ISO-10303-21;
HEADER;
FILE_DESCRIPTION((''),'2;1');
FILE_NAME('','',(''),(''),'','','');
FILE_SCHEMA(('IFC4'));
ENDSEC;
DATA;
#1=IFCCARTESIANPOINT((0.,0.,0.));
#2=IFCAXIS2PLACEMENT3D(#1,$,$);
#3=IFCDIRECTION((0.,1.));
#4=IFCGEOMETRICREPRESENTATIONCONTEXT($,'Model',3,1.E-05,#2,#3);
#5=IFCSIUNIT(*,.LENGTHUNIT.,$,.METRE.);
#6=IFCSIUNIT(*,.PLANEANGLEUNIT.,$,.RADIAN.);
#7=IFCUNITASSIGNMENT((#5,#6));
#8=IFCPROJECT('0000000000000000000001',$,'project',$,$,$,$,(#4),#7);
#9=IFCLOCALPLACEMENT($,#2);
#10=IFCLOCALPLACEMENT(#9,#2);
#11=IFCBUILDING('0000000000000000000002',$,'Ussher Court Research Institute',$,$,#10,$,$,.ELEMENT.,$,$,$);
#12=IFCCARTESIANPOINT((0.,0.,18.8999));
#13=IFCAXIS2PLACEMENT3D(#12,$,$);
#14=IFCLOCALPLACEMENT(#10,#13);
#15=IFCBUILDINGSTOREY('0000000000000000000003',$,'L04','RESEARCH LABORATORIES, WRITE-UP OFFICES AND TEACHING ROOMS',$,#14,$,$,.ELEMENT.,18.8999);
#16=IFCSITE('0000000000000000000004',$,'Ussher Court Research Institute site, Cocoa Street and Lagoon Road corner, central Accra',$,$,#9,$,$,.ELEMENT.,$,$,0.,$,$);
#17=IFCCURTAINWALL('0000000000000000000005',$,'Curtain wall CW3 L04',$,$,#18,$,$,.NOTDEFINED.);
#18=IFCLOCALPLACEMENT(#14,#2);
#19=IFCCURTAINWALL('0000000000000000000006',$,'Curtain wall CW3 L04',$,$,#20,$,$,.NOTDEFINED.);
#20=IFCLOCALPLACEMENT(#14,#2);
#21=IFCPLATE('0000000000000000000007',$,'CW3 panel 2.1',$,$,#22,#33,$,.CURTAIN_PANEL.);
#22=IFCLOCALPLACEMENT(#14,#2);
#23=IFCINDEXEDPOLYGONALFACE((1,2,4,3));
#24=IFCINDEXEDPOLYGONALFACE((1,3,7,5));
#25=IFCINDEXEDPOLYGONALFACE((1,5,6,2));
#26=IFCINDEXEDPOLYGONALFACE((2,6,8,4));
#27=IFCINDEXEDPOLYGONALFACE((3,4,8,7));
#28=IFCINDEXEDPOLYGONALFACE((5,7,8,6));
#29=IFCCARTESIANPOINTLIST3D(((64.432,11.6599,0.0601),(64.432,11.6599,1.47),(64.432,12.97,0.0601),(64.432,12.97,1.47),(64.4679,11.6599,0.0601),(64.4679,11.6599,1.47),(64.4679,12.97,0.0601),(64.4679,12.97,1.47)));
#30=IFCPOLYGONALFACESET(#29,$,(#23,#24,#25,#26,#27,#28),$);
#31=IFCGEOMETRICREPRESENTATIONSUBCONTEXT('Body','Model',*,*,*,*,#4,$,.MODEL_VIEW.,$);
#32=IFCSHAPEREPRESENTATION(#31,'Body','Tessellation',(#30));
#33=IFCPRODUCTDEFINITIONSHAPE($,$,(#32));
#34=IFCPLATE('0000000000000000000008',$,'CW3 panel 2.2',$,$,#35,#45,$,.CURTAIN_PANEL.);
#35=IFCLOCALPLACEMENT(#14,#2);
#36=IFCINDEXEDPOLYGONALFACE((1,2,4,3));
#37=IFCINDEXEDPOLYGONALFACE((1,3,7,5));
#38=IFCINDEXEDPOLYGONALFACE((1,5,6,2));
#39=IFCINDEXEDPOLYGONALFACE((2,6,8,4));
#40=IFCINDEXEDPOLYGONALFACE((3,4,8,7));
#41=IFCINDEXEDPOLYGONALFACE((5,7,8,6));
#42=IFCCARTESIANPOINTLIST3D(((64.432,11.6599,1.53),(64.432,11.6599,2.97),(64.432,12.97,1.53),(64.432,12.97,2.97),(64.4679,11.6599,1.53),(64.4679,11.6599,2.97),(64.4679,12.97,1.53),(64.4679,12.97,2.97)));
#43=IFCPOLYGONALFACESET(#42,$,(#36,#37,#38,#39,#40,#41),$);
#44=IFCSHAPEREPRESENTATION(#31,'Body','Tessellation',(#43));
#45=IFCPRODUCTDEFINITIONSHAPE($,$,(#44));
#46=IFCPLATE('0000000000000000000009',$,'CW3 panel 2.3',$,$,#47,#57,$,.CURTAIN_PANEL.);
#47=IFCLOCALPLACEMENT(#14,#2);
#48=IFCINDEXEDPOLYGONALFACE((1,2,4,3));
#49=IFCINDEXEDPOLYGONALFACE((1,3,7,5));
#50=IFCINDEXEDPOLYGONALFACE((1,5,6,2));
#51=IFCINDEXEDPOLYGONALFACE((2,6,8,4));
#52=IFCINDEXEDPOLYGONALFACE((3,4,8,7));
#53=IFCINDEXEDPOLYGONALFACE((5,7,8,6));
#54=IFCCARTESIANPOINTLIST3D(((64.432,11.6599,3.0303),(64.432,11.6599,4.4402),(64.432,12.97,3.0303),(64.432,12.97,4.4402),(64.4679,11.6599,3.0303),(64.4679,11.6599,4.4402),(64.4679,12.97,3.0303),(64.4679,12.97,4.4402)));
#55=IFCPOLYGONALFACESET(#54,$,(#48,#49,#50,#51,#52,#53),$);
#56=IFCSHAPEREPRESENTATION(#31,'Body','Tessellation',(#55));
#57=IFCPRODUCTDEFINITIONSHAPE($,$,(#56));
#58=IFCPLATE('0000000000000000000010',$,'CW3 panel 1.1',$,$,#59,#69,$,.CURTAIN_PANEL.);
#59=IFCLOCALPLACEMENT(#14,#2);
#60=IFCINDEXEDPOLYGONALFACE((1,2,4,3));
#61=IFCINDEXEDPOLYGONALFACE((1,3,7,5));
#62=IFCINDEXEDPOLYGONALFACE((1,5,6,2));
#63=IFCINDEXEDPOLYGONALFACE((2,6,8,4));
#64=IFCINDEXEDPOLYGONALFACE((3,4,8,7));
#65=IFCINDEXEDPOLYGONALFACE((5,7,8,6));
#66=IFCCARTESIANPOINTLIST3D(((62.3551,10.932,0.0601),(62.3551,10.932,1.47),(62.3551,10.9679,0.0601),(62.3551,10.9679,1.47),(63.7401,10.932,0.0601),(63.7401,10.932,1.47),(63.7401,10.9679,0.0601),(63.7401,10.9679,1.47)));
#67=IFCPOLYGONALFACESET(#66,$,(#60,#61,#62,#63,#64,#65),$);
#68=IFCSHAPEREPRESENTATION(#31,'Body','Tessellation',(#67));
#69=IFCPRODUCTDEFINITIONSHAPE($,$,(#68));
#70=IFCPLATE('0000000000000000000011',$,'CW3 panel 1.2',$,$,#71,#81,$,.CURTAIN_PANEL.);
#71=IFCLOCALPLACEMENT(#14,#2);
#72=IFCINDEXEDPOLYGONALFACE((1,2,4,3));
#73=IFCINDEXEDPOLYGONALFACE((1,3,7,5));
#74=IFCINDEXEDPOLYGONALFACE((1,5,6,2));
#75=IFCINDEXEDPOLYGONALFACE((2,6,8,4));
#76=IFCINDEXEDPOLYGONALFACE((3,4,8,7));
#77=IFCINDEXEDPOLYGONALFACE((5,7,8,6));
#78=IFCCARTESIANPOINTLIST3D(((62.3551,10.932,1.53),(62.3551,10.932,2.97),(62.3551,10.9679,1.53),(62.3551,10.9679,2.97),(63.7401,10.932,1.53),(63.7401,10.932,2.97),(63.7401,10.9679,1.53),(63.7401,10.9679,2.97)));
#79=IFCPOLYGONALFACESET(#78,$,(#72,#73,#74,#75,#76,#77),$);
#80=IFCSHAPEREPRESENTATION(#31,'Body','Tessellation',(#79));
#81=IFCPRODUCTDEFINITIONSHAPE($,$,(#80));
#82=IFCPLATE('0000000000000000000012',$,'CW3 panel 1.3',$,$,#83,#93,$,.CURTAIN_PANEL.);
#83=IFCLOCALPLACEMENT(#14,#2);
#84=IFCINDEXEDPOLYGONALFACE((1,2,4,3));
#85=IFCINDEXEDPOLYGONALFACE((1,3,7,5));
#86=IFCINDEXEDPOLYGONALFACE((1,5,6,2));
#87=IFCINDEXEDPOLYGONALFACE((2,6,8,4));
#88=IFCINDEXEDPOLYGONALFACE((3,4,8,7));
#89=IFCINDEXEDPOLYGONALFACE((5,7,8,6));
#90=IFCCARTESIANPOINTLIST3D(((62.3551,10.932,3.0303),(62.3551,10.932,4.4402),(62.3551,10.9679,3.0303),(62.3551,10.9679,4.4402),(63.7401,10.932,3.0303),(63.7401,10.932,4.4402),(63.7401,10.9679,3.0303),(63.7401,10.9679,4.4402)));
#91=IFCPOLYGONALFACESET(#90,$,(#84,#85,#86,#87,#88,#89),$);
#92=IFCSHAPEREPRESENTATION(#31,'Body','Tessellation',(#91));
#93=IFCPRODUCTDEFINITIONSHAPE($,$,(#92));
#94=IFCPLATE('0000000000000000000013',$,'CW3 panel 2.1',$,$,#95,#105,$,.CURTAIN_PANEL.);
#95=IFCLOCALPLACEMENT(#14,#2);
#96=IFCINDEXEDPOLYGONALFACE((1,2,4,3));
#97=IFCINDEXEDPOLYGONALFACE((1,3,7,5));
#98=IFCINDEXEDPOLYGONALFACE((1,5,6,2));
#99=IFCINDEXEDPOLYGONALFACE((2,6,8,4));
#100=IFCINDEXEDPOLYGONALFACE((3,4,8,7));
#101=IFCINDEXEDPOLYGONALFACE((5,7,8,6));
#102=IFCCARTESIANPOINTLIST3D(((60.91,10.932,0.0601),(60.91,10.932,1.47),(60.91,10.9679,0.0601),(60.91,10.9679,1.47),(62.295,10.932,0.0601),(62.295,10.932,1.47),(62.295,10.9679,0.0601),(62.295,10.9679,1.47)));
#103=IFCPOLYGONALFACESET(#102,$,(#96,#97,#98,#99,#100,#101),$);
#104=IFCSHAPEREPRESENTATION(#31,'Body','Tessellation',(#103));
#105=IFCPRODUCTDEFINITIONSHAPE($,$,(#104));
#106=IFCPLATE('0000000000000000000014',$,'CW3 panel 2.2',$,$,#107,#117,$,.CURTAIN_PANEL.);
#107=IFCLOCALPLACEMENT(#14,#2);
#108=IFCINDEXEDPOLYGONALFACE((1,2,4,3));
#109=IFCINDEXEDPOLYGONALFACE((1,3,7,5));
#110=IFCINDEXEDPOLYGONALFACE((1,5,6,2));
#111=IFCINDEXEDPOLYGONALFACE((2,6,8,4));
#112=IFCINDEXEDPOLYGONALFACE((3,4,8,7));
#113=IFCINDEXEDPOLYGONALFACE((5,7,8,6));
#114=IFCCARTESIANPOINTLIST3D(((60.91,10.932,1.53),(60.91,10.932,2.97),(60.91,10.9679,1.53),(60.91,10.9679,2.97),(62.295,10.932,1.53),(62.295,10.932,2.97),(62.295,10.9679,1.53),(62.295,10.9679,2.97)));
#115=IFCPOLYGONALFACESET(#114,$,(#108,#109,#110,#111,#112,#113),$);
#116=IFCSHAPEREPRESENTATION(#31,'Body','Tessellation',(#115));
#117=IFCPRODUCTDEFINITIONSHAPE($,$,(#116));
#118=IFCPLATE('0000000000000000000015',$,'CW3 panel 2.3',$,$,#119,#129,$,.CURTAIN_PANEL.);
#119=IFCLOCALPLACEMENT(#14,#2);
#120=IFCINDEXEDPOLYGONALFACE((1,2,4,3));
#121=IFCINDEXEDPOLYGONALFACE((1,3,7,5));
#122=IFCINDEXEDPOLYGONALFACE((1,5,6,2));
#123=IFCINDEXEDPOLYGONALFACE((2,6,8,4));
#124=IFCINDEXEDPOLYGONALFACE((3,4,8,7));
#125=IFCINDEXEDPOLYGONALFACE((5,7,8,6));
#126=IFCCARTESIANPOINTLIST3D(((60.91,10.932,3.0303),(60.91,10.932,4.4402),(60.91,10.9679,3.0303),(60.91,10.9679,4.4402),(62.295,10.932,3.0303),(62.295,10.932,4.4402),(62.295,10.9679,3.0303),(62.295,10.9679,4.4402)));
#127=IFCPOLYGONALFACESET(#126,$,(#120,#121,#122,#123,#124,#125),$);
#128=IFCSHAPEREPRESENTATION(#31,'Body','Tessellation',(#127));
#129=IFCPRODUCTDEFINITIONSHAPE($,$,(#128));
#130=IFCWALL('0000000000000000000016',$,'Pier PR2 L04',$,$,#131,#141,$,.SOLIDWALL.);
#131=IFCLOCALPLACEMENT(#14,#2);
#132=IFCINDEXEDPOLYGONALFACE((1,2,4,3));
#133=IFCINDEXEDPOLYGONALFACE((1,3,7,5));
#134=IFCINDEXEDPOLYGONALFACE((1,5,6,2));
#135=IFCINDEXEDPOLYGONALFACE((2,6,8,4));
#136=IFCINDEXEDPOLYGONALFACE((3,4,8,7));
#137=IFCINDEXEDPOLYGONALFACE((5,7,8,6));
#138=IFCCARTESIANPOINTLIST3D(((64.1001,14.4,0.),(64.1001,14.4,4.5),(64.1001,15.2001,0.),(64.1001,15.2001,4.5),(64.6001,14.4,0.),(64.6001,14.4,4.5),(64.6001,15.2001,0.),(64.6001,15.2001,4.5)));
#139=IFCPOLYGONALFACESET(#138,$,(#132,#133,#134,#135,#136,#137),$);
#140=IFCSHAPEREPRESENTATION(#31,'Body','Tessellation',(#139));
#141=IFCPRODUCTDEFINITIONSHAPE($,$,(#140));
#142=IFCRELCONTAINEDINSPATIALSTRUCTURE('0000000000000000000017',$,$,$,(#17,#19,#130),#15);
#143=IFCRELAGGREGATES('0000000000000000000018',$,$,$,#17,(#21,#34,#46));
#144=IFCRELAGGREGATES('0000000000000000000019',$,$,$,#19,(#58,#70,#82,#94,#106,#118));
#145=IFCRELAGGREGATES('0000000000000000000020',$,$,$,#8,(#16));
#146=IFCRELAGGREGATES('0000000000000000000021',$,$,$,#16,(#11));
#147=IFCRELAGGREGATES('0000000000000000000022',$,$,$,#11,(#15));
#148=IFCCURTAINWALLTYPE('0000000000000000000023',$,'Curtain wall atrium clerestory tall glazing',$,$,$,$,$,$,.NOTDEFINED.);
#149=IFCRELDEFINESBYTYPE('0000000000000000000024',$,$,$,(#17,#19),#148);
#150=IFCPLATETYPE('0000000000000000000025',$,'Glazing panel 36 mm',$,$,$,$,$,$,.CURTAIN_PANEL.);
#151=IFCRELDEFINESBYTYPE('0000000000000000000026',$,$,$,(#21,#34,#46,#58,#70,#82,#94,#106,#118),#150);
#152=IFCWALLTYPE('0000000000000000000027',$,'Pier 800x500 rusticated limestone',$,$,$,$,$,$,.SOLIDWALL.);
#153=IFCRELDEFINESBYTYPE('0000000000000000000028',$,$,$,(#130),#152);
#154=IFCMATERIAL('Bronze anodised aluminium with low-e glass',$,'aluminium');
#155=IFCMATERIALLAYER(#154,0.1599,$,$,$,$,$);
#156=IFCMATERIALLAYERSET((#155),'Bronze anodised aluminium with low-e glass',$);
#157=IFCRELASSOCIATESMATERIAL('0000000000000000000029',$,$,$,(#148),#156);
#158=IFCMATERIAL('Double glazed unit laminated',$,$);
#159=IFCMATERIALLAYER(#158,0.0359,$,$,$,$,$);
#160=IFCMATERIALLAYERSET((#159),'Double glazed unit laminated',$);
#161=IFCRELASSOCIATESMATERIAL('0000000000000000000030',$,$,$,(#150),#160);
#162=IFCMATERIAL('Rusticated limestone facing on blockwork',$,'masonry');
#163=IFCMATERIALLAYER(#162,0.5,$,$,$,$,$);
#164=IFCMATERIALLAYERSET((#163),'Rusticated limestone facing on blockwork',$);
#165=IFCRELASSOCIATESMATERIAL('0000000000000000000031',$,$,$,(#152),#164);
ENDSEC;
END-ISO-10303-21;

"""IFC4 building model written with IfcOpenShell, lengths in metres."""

from ifc_helpers import new_model, si_unit, direction, frame, frame_2d, origin, origin_2d, place, context, subcontext, project, spatial, rectangle, extrude, material, layer, layer_set, type_object, element, aggregate, save


model = new_model("IFC4")

# Units and contexts
model_context = context("Model", 3, precision=1e-05, world=origin(), true_north=direction((0.0, 1.0)))
body_context = subcontext(model_context, "Body", "Model", "MODEL_VIEW")
ifc_project = project(units=[si_unit("LENGTHUNIT", "METRE"), si_unit("PLANEANGLEUNIT", "RADIAN")], contexts=[model_context])

# Site, building, storey
site_placement = place(None, origin())
site = spatial("IfcSite", under=ifc_project, at=site_placement, Name="Ussher Court Research Institute site, Cocoa Street and Lagoon Road corner, central Accra", CompositionType="ELEMENT", RefElevation=0.0)
building_placement = place(site_placement, origin())
building = spatial("IfcBuilding", under=site, at=building_placement, Name="Ussher Court Research Institute", CompositionType="ELEMENT")
storey_placement = place(building_placement, frame((0.0, 0.0, 18.8999)))
storey = spatial("IfcBuildingStorey", under=building, at=storey_placement, Name="L04", Description="RESEARCH LABORATORIES, WRITE-UP OFFICES AND TEACHING ROOMS", CompositionType="ELEMENT", Elevation=18.8999)

# Curtain wall
ifc_material_1 = material(Name="Bronze anodised aluminium with low-e glass", Category="aluminium")
ifc_layer_1 = layer(ifc_material_1, 0.1599)
ifc_layer_set_1 = layer_set([ifc_layer_1], Name="Bronze anodised aluminium with low-e glass")
curtain_wall_type = type_object("IfcCurtainWallType", Name="Curtain wall atrium clerestory tall glazing", PredefinedType="NOTDEFINED", material=ifc_layer_set_1)
curtain_wall_1_placement = place(storey_placement, origin())
curtain_wall_1 = element("IfcCurtainWall", 1, at=curtain_wall_1_placement, inside=storey, type_object=curtain_wall_type, Name="Curtain wall CW3 L04", PredefinedType="NOTDEFINED")

# Curtain wall
curtain_wall_2_placement = place(storey_placement, origin())
curtain_wall_2 = element("IfcCurtainWall", 2, at=curtain_wall_2_placement, inside=storey, type_object=curtain_wall_type, Name="Curtain wall CW3 L04", PredefinedType="NOTDEFINED")

# Plates
ifc_material_2 = material(Name="Double glazed unit laminated")
ifc_layer_2 = layer(ifc_material_2, 0.0359)
ifc_layer_set_2 = layer_set([ifc_layer_2], Name="Double glazed unit laminated")
plate_type = type_object("IfcPlateType", Name="Glazing panel 36 mm", PredefinedType="CURTAIN_PANEL", material=ifc_layer_set_2)
plate_1_placement = place(storey_placement, frame((64.45, 12.3149, 0.0601), z_axis=(0.0, 0.0, 1.0), x_axis=(0.0, -1.0, 0.0)))
plate_1 = element("IfcPlate", 3, at=plate_1_placement, type_object=plate_type, Name="CW3 panel 2.1", PredefinedType="CURTAIN_PANEL", context=body_context, shape_type="SweptSolid", body=[
    extrude(rectangle(XDim=1.3101, YDim=0.0359, at=origin_2d()), origin(), (0.0, 0.0, 1.0), 1.4099),
])
plate_2_placement = place(storey_placement, frame((64.45, 12.3149, 1.53), z_axis=(0.0, 0.0, 1.0), x_axis=(0.0, -1.0, 0.0)))
plate_2 = element("IfcPlate", 4, at=plate_2_placement, type_object=plate_type, Name="CW3 panel 2.2", PredefinedType="CURTAIN_PANEL", context=body_context, shape_type="SweptSolid", body=[
    extrude(rectangle(XDim=1.3101, YDim=0.0359, at=origin_2d()), origin(), (0.0, 0.0, 1.0), 1.4399),
])
plate_3_placement = place(storey_placement, frame((64.45, 12.3149, 3.0303), z_axis=(0.0, 0.0, 1.0), x_axis=(0.0, -1.0, 0.0)))
plate_3 = element("IfcPlate", 5, at=plate_3_placement, type_object=plate_type, Name="CW3 panel 2.3", PredefinedType="CURTAIN_PANEL", context=body_context, shape_type="SweptSolid", body=[
    extrude(rectangle(XDim=1.3101, YDim=0.0359, at=origin_2d()), origin(), (0.0, 0.0, 1.0), 1.4099),
])
aggregate(curtain_wall_1, [plate_1, plate_2, plate_3])
plate_4_placement = place(storey_placement, frame((63.0476, 10.95, 0.0601), z_axis=(0.0, 0.0, 1.0), x_axis=(-1.0, 0.0, 0.0)))
plate_4 = element("IfcPlate", 6, at=plate_4_placement, type_object=plate_type, Name="CW3 panel 1.1", PredefinedType="CURTAIN_PANEL", context=body_context, shape_type="SweptSolid", body=[
    extrude(rectangle(XDim=1.385, YDim=0.0359, at=origin_2d()), origin(), (0.0, 0.0, 1.0), 1.4099),
])
plate_5_placement = place(storey_placement, frame((63.0476, 10.95, 1.53), z_axis=(0.0, 0.0, 1.0), x_axis=(-1.0, 0.0, 0.0)))
plate_5 = element("IfcPlate", 7, at=plate_5_placement, type_object=plate_type, Name="CW3 panel 1.2", PredefinedType="CURTAIN_PANEL", context=body_context, shape_type="SweptSolid", body=[
    extrude(rectangle(XDim=1.385, YDim=0.0359, at=origin_2d()), origin(), (0.0, 0.0, 1.0), 1.4399),
])
plate_6_placement = place(storey_placement, frame((63.0476, 10.95, 3.0303), z_axis=(0.0, 0.0, 1.0), x_axis=(-1.0, 0.0, 0.0)))
plate_6 = element("IfcPlate", 8, at=plate_6_placement, type_object=plate_type, Name="CW3 panel 1.3", PredefinedType="CURTAIN_PANEL", context=body_context, shape_type="SweptSolid", body=[
    extrude(rectangle(XDim=1.385, YDim=0.0359, at=origin_2d()), origin(), (0.0, 0.0, 1.0), 1.4099),
])
plate_7_placement = place(storey_placement, frame((61.6025, 10.95, 0.0601), z_axis=(0.0, 0.0, 1.0), x_axis=(-1.0, 0.0, 0.0)))
plate_7 = element("IfcPlate", 9, at=plate_7_placement, type_object=plate_type, Name="CW3 panel 2.1", PredefinedType="CURTAIN_PANEL", context=body_context, shape_type="SweptSolid", body=[
    extrude(rectangle(XDim=1.385, YDim=0.0359, at=origin_2d()), origin(), (0.0, 0.0, 1.0), 1.4099),
])
plate_8_placement = place(storey_placement, frame((61.6025, 10.95, 1.53), z_axis=(0.0, 0.0, 1.0), x_axis=(-1.0, 0.0, 0.0)))
plate_8 = element("IfcPlate", 10, at=plate_8_placement, type_object=plate_type, Name="CW3 panel 2.2", PredefinedType="CURTAIN_PANEL", context=body_context, shape_type="SweptSolid", body=[
    extrude(rectangle(XDim=1.385, YDim=0.0359, at=origin_2d()), origin(), (0.0, 0.0, 1.0), 1.4399),
])
plate_9_placement = place(storey_placement, frame((61.6025, 10.95, 3.0303), z_axis=(0.0, 0.0, 1.0), x_axis=(-1.0, 0.0, 0.0)))
plate_9 = element("IfcPlate", 11, at=plate_9_placement, type_object=plate_type, Name="CW3 panel 2.3", PredefinedType="CURTAIN_PANEL", context=body_context, shape_type="SweptSolid", body=[
    extrude(rectangle(XDim=1.385, YDim=0.0359, at=origin_2d()), origin(), (0.0, 0.0, 1.0), 1.4099),
])
aggregate(curtain_wall_2, [plate_4, plate_5, plate_6, plate_7, plate_8, plate_9])

# Wall
ifc_material_3 = material(Name="Rusticated limestone facing on blockwork", Category="masonry")
ifc_layer_3 = layer(ifc_material_3, 0.5)
ifc_layer_set_3 = layer_set([ifc_layer_3], Name="Rusticated limestone facing on blockwork")
wall_type = type_object("IfcWallType", Name="Pier 800x500 rusticated limestone", PredefinedType="SOLIDWALL", material=ifc_layer_set_3)
wall_placement = place(storey_placement, frame((64.3501, 15.2, 0.0), z_axis=(0.0, 0.0, 1.0), x_axis=(0.0, -1.0, 0.0)))
element("IfcWall", 12, at=wall_placement, inside=storey, type_object=wall_type, Name="Pier PR2 L04", PredefinedType="SOLIDWALL", context=body_context, shape_type="SweptSolid", body=[
    extrude(rectangle(XDim=0.8, YDim=0.5, at=frame_2d((0.3999, 0.0))), origin(), (0.0, 0.0, 1.0), 4.5),
])

save(model, "model.ifc")
